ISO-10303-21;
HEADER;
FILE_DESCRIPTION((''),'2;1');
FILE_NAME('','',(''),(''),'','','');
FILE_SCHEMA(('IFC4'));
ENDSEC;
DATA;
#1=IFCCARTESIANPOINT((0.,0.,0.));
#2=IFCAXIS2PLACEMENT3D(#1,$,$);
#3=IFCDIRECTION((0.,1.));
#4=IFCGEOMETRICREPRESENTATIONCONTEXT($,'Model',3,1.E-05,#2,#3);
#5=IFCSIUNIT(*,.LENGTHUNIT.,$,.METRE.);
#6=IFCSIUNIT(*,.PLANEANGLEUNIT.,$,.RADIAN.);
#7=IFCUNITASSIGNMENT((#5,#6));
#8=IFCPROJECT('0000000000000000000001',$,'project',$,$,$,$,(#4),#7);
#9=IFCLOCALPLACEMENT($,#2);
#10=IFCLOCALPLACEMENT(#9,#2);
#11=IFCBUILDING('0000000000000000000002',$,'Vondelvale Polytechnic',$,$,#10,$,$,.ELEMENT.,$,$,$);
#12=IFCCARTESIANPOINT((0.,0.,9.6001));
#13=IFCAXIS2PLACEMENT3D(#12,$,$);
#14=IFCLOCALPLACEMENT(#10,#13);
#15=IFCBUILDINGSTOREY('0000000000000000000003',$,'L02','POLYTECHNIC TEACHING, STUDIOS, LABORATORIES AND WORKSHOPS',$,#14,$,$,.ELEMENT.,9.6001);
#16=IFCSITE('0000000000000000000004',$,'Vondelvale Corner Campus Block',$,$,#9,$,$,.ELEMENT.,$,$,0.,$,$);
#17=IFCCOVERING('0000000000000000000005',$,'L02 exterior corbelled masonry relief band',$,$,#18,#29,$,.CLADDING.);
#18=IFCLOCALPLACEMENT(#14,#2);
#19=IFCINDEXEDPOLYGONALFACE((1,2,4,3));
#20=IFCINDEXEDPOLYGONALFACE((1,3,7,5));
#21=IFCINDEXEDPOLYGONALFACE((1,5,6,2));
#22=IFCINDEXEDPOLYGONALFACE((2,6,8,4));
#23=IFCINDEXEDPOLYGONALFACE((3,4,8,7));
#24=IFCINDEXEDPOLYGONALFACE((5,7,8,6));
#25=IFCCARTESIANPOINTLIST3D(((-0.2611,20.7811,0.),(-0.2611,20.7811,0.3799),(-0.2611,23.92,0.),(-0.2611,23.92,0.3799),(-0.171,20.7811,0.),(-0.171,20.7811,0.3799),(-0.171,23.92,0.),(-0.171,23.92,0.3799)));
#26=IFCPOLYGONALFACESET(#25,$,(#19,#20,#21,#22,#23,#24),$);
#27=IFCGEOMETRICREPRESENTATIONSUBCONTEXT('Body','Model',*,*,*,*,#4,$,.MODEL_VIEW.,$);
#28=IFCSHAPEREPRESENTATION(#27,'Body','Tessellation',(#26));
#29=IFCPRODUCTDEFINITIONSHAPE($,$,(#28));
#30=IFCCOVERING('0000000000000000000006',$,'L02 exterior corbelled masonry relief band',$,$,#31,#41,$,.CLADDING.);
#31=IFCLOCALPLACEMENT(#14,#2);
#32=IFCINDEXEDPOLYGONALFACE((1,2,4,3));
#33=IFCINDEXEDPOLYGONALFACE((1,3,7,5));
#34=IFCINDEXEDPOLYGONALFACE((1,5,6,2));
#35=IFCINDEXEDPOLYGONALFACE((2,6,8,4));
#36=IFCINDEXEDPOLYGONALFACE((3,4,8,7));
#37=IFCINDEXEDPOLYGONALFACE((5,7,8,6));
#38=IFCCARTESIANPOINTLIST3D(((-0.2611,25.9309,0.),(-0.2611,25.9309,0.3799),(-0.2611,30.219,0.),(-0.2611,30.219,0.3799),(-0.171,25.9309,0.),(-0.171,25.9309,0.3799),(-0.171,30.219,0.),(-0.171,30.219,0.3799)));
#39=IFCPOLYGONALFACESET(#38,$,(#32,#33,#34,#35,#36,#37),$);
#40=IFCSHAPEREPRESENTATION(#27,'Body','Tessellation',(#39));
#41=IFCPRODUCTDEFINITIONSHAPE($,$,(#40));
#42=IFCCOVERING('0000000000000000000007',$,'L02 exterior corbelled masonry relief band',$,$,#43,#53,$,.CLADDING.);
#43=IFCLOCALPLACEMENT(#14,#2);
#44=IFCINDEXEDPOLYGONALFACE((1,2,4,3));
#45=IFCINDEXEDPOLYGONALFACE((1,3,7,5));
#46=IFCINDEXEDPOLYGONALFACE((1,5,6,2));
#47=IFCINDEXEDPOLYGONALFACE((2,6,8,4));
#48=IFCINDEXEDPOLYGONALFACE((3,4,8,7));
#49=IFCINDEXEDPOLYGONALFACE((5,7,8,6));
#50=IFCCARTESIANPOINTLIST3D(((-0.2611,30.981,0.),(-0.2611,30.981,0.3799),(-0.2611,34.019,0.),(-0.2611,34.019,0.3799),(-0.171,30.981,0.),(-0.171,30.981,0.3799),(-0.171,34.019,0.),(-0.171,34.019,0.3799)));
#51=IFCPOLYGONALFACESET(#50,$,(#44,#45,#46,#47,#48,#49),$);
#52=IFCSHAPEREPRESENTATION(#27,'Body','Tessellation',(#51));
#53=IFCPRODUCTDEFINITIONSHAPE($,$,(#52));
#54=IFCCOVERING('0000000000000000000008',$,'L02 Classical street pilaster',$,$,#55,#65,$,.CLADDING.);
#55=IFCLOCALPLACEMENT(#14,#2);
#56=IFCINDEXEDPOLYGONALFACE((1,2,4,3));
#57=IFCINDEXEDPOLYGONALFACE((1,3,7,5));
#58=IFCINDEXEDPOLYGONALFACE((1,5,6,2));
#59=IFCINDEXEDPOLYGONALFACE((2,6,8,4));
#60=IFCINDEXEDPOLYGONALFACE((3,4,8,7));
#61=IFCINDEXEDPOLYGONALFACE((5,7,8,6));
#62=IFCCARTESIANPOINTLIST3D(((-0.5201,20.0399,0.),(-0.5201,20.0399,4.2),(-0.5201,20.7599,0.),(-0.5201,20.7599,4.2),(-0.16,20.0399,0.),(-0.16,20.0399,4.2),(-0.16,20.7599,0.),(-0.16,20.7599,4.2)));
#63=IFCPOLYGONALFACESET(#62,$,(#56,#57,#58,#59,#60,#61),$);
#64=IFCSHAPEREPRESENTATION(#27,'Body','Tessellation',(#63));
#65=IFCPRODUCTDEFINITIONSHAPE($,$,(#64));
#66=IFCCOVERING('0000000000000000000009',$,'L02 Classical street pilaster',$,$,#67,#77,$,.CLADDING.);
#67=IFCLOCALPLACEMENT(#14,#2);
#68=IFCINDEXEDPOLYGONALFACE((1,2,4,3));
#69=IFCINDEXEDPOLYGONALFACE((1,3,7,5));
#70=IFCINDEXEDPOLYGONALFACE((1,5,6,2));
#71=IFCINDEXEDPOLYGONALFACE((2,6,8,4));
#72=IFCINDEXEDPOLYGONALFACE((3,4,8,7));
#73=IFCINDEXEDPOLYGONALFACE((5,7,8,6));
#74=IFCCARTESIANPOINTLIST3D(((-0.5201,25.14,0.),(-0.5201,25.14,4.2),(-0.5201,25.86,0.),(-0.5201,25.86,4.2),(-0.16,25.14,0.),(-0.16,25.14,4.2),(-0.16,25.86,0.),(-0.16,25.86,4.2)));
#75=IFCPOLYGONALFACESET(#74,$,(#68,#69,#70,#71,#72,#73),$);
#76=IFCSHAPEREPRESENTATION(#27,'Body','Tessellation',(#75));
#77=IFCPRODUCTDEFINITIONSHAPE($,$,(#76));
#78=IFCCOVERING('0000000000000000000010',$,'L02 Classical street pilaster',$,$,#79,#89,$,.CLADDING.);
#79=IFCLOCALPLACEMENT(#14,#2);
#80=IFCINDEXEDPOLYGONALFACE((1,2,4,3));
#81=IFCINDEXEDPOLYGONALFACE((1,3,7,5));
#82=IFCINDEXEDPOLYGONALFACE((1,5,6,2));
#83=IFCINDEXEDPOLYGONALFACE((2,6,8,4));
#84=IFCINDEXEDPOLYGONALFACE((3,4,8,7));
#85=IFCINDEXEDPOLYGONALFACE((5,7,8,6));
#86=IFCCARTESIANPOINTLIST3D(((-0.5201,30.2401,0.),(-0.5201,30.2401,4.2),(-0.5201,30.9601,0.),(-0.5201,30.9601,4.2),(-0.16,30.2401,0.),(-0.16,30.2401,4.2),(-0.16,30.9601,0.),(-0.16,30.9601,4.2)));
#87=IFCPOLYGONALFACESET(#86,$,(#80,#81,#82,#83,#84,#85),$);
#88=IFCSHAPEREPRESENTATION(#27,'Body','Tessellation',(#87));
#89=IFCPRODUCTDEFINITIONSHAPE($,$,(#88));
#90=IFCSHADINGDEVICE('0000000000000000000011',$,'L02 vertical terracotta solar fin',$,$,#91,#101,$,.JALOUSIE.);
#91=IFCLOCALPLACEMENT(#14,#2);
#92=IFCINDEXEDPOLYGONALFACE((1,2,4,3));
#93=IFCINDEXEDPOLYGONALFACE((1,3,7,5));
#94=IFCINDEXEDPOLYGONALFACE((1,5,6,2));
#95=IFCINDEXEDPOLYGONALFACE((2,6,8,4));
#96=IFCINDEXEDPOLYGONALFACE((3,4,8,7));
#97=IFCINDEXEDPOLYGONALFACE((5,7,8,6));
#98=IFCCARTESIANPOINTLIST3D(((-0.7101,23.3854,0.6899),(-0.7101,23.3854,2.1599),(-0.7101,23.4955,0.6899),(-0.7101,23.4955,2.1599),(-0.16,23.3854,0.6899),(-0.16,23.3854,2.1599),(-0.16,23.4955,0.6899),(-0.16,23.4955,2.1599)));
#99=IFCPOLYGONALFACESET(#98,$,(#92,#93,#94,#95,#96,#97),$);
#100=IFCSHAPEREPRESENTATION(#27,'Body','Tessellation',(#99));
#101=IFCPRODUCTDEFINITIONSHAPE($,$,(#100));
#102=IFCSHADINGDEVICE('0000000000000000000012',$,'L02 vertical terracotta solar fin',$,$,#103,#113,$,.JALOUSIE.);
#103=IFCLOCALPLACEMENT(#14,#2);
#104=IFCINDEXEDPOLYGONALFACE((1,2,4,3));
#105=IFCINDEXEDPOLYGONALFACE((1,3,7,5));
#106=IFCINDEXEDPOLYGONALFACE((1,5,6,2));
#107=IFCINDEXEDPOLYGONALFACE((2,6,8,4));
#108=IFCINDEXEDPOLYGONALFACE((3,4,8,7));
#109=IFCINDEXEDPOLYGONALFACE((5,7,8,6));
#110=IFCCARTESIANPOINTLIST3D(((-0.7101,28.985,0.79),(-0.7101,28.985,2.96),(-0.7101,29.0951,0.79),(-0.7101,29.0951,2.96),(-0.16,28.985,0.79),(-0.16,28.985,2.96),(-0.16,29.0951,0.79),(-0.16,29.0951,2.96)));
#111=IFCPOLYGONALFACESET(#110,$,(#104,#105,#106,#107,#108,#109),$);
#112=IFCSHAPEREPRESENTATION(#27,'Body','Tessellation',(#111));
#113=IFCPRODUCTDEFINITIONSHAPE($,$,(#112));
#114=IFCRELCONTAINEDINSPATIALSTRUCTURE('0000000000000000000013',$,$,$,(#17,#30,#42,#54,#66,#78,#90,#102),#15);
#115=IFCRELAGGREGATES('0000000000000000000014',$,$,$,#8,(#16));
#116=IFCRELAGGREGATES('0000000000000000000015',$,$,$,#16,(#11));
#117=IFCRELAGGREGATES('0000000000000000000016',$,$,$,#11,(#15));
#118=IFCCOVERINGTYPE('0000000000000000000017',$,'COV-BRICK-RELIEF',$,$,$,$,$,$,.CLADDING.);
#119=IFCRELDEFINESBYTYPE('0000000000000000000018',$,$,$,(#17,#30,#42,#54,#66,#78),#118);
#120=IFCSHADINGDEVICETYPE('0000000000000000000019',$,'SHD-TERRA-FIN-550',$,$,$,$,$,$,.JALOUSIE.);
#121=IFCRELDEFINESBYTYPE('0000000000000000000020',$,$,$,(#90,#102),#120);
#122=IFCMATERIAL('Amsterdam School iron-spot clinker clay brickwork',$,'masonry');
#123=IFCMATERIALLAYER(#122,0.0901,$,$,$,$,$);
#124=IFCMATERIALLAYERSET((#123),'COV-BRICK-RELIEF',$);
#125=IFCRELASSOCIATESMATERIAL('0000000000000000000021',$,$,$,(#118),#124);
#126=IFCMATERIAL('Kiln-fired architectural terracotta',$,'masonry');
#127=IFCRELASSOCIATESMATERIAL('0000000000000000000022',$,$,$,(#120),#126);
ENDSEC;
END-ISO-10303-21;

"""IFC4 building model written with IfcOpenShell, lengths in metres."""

from ifc_helpers import new_model, si_unit, direction, frame, origin, origin_2d, place, context, subcontext, project, spatial, rectangle, extrude, material, layer, layer_set, type_object, element, save


model = new_model("IFC4")

# Units and contexts
model_context = context("Model", 3, precision=1e-05, world=origin(), true_north=direction((0.0, 1.0)))
body_context = subcontext(model_context, "Body", "Model", "MODEL_VIEW")
ifc_project = project(units=[si_unit("LENGTHUNIT", "METRE"), si_unit("PLANEANGLEUNIT", "RADIAN")], contexts=[model_context])

# Site, building, storey
site_placement = place(None, origin())
site = spatial("IfcSite", under=ifc_project, at=site_placement, Name="Vondelvale Corner Campus Block", CompositionType="ELEMENT", RefElevation=0.0)
building_placement = place(site_placement, origin())
building = spatial("IfcBuilding", under=site, at=building_placement, Name="Vondelvale Polytechnic", CompositionType="ELEMENT")
storey_placement = place(building_placement, frame((0.0, 0.0, 9.6001)))
storey = spatial("IfcBuildingStorey", under=building, at=storey_placement, Name="L02", Description="POLYTECHNIC TEACHING, STUDIOS, LABORATORIES AND WORKSHOPS", CompositionType="ELEMENT", Elevation=9.6001)

# Shared definitions
ifc_material_1 = material(Name="Amsterdam School iron-spot clinker clay brickwork", Category="masonry")

# Coverings
ifc_layer_1 = layer(ifc_material_1, 0.0901)
ifc_layer_set_1 = layer_set([ifc_layer_1], Name="COV-BRICK-RELIEF")
covering_type = type_object("IfcCoveringType", Name="COV-BRICK-RELIEF", PredefinedType="CLADDING", material=ifc_layer_set_1)
covering_1_placement = place(storey_placement, frame((-0.2161, 22.3506, 0.0), z_axis=(0.0, 0.0, 1.0), x_axis=(0.0, 1.0, 0.0)))
element("IfcCovering", 1, at=covering_1_placement, inside=storey, type_object=covering_type, Name="L02 exterior corbelled masonry relief band", PredefinedType="CLADDING", context=body_context, shape_type="SweptSolid", body=[
    extrude(rectangle(XDim=3.1389, YDim=0.0901, at=origin_2d()), origin(), (0.0, 0.0, 1.0), 0.3799),
])
covering_2_placement = place(storey_placement, frame((-0.2161, 28.075, 0.0), z_axis=(0.0, 0.0, 1.0), x_axis=(0.0, 1.0, 0.0)))
element("IfcCovering", 2, at=covering_2_placement, inside=storey, type_object=covering_type, Name="L02 exterior corbelled masonry relief band", PredefinedType="CLADDING", context=body_context, shape_type="SweptSolid", body=[
    extrude(rectangle(XDim=4.2881, YDim=0.0901, at=origin_2d()), origin(), (0.0, 0.0, 1.0), 0.3799),
])
covering_3_placement = place(storey_placement, frame((-0.2161, 32.5, 0.0), z_axis=(0.0, 0.0, 1.0), x_axis=(0.0, 1.0, 0.0)))
element("IfcCovering", 3, at=covering_3_placement, inside=storey, type_object=covering_type, Name="L02 exterior corbelled masonry relief band", PredefinedType="CLADDING", context=body_context, shape_type="SweptSolid", body=[
    extrude(rectangle(XDim=3.0381, YDim=0.0901, at=origin_2d()), origin(), (0.0, 0.0, 1.0), 0.3799),
])
for number, where, z_axis, x_axis, name in (
    (4, (-0.3401, 20.3999, 0.0), (0.0, 0.0, 1.0), (1.0, 0.0, 0.0), "L02 Classical street pilaster"),
    (5, (-0.3401, 25.5, 0.0), (0.0, 0.0, 1.0), (1.0, 0.0, 0.0), "L02 Classical street pilaster"),
    (6, (-0.3401, 30.6001, 0.0), (0.0, 0.0, 1.0), (1.0, 0.0, 0.0), "L02 Classical street pilaster"),
):
    element("IfcCovering", number, at=place(storey_placement, frame(where, z_axis=z_axis, x_axis=x_axis)), inside=storey, type_object=covering_type, Name=name, PredefinedType="CLADDING", context=body_context, shape_type="SweptSolid", body=[
        extrude(rectangle(XDim=0.3601, YDim=0.72, at=origin_2d()), origin(), (0.0, 0.0, 1.0), 4.2),
    ])

# Shading devices
ifc_material_2 = material(Name="Kiln-fired architectural terracotta", Category="masonry")
shading_device_type = type_object("IfcShadingDeviceType", Name="SHD-TERRA-FIN-550", PredefinedType="JALOUSIE", material=ifc_material_2)
shading_device_1_placement = place(storey_placement, frame((-0.4351, 23.4404, 0.6899), z_axis=(0.0, 0.0, 1.0), x_axis=(0.0, 1.0, 0.0)))
element("IfcShadingDevice", 7, at=shading_device_1_placement, inside=storey, type_object=shading_device_type, Name="L02 vertical terracotta solar fin", PredefinedType="JALOUSIE", context=body_context, shape_type="SweptSolid", body=[
    extrude(rectangle(XDim=0.1101, YDim=0.55, at=origin_2d()), origin(), (0.0, 0.0, 1.0), 1.47),
])
shading_device_2_placement = place(storey_placement, frame((-0.4351, 29.04, 0.79), z_axis=(0.0, 0.0, 1.0), x_axis=(0.0, 1.0, 0.0)))
element("IfcShadingDevice", 8, at=shading_device_2_placement, inside=storey, type_object=shading_device_type, Name="L02 vertical terracotta solar fin", PredefinedType="JALOUSIE", context=body_context, shape_type="SweptSolid", body=[
    extrude(rectangle(XDim=0.1101, YDim=0.55, at=origin_2d()), origin(), (0.0, 0.0, 1.0), 2.1699),
])

save(model, "model.ifc")
